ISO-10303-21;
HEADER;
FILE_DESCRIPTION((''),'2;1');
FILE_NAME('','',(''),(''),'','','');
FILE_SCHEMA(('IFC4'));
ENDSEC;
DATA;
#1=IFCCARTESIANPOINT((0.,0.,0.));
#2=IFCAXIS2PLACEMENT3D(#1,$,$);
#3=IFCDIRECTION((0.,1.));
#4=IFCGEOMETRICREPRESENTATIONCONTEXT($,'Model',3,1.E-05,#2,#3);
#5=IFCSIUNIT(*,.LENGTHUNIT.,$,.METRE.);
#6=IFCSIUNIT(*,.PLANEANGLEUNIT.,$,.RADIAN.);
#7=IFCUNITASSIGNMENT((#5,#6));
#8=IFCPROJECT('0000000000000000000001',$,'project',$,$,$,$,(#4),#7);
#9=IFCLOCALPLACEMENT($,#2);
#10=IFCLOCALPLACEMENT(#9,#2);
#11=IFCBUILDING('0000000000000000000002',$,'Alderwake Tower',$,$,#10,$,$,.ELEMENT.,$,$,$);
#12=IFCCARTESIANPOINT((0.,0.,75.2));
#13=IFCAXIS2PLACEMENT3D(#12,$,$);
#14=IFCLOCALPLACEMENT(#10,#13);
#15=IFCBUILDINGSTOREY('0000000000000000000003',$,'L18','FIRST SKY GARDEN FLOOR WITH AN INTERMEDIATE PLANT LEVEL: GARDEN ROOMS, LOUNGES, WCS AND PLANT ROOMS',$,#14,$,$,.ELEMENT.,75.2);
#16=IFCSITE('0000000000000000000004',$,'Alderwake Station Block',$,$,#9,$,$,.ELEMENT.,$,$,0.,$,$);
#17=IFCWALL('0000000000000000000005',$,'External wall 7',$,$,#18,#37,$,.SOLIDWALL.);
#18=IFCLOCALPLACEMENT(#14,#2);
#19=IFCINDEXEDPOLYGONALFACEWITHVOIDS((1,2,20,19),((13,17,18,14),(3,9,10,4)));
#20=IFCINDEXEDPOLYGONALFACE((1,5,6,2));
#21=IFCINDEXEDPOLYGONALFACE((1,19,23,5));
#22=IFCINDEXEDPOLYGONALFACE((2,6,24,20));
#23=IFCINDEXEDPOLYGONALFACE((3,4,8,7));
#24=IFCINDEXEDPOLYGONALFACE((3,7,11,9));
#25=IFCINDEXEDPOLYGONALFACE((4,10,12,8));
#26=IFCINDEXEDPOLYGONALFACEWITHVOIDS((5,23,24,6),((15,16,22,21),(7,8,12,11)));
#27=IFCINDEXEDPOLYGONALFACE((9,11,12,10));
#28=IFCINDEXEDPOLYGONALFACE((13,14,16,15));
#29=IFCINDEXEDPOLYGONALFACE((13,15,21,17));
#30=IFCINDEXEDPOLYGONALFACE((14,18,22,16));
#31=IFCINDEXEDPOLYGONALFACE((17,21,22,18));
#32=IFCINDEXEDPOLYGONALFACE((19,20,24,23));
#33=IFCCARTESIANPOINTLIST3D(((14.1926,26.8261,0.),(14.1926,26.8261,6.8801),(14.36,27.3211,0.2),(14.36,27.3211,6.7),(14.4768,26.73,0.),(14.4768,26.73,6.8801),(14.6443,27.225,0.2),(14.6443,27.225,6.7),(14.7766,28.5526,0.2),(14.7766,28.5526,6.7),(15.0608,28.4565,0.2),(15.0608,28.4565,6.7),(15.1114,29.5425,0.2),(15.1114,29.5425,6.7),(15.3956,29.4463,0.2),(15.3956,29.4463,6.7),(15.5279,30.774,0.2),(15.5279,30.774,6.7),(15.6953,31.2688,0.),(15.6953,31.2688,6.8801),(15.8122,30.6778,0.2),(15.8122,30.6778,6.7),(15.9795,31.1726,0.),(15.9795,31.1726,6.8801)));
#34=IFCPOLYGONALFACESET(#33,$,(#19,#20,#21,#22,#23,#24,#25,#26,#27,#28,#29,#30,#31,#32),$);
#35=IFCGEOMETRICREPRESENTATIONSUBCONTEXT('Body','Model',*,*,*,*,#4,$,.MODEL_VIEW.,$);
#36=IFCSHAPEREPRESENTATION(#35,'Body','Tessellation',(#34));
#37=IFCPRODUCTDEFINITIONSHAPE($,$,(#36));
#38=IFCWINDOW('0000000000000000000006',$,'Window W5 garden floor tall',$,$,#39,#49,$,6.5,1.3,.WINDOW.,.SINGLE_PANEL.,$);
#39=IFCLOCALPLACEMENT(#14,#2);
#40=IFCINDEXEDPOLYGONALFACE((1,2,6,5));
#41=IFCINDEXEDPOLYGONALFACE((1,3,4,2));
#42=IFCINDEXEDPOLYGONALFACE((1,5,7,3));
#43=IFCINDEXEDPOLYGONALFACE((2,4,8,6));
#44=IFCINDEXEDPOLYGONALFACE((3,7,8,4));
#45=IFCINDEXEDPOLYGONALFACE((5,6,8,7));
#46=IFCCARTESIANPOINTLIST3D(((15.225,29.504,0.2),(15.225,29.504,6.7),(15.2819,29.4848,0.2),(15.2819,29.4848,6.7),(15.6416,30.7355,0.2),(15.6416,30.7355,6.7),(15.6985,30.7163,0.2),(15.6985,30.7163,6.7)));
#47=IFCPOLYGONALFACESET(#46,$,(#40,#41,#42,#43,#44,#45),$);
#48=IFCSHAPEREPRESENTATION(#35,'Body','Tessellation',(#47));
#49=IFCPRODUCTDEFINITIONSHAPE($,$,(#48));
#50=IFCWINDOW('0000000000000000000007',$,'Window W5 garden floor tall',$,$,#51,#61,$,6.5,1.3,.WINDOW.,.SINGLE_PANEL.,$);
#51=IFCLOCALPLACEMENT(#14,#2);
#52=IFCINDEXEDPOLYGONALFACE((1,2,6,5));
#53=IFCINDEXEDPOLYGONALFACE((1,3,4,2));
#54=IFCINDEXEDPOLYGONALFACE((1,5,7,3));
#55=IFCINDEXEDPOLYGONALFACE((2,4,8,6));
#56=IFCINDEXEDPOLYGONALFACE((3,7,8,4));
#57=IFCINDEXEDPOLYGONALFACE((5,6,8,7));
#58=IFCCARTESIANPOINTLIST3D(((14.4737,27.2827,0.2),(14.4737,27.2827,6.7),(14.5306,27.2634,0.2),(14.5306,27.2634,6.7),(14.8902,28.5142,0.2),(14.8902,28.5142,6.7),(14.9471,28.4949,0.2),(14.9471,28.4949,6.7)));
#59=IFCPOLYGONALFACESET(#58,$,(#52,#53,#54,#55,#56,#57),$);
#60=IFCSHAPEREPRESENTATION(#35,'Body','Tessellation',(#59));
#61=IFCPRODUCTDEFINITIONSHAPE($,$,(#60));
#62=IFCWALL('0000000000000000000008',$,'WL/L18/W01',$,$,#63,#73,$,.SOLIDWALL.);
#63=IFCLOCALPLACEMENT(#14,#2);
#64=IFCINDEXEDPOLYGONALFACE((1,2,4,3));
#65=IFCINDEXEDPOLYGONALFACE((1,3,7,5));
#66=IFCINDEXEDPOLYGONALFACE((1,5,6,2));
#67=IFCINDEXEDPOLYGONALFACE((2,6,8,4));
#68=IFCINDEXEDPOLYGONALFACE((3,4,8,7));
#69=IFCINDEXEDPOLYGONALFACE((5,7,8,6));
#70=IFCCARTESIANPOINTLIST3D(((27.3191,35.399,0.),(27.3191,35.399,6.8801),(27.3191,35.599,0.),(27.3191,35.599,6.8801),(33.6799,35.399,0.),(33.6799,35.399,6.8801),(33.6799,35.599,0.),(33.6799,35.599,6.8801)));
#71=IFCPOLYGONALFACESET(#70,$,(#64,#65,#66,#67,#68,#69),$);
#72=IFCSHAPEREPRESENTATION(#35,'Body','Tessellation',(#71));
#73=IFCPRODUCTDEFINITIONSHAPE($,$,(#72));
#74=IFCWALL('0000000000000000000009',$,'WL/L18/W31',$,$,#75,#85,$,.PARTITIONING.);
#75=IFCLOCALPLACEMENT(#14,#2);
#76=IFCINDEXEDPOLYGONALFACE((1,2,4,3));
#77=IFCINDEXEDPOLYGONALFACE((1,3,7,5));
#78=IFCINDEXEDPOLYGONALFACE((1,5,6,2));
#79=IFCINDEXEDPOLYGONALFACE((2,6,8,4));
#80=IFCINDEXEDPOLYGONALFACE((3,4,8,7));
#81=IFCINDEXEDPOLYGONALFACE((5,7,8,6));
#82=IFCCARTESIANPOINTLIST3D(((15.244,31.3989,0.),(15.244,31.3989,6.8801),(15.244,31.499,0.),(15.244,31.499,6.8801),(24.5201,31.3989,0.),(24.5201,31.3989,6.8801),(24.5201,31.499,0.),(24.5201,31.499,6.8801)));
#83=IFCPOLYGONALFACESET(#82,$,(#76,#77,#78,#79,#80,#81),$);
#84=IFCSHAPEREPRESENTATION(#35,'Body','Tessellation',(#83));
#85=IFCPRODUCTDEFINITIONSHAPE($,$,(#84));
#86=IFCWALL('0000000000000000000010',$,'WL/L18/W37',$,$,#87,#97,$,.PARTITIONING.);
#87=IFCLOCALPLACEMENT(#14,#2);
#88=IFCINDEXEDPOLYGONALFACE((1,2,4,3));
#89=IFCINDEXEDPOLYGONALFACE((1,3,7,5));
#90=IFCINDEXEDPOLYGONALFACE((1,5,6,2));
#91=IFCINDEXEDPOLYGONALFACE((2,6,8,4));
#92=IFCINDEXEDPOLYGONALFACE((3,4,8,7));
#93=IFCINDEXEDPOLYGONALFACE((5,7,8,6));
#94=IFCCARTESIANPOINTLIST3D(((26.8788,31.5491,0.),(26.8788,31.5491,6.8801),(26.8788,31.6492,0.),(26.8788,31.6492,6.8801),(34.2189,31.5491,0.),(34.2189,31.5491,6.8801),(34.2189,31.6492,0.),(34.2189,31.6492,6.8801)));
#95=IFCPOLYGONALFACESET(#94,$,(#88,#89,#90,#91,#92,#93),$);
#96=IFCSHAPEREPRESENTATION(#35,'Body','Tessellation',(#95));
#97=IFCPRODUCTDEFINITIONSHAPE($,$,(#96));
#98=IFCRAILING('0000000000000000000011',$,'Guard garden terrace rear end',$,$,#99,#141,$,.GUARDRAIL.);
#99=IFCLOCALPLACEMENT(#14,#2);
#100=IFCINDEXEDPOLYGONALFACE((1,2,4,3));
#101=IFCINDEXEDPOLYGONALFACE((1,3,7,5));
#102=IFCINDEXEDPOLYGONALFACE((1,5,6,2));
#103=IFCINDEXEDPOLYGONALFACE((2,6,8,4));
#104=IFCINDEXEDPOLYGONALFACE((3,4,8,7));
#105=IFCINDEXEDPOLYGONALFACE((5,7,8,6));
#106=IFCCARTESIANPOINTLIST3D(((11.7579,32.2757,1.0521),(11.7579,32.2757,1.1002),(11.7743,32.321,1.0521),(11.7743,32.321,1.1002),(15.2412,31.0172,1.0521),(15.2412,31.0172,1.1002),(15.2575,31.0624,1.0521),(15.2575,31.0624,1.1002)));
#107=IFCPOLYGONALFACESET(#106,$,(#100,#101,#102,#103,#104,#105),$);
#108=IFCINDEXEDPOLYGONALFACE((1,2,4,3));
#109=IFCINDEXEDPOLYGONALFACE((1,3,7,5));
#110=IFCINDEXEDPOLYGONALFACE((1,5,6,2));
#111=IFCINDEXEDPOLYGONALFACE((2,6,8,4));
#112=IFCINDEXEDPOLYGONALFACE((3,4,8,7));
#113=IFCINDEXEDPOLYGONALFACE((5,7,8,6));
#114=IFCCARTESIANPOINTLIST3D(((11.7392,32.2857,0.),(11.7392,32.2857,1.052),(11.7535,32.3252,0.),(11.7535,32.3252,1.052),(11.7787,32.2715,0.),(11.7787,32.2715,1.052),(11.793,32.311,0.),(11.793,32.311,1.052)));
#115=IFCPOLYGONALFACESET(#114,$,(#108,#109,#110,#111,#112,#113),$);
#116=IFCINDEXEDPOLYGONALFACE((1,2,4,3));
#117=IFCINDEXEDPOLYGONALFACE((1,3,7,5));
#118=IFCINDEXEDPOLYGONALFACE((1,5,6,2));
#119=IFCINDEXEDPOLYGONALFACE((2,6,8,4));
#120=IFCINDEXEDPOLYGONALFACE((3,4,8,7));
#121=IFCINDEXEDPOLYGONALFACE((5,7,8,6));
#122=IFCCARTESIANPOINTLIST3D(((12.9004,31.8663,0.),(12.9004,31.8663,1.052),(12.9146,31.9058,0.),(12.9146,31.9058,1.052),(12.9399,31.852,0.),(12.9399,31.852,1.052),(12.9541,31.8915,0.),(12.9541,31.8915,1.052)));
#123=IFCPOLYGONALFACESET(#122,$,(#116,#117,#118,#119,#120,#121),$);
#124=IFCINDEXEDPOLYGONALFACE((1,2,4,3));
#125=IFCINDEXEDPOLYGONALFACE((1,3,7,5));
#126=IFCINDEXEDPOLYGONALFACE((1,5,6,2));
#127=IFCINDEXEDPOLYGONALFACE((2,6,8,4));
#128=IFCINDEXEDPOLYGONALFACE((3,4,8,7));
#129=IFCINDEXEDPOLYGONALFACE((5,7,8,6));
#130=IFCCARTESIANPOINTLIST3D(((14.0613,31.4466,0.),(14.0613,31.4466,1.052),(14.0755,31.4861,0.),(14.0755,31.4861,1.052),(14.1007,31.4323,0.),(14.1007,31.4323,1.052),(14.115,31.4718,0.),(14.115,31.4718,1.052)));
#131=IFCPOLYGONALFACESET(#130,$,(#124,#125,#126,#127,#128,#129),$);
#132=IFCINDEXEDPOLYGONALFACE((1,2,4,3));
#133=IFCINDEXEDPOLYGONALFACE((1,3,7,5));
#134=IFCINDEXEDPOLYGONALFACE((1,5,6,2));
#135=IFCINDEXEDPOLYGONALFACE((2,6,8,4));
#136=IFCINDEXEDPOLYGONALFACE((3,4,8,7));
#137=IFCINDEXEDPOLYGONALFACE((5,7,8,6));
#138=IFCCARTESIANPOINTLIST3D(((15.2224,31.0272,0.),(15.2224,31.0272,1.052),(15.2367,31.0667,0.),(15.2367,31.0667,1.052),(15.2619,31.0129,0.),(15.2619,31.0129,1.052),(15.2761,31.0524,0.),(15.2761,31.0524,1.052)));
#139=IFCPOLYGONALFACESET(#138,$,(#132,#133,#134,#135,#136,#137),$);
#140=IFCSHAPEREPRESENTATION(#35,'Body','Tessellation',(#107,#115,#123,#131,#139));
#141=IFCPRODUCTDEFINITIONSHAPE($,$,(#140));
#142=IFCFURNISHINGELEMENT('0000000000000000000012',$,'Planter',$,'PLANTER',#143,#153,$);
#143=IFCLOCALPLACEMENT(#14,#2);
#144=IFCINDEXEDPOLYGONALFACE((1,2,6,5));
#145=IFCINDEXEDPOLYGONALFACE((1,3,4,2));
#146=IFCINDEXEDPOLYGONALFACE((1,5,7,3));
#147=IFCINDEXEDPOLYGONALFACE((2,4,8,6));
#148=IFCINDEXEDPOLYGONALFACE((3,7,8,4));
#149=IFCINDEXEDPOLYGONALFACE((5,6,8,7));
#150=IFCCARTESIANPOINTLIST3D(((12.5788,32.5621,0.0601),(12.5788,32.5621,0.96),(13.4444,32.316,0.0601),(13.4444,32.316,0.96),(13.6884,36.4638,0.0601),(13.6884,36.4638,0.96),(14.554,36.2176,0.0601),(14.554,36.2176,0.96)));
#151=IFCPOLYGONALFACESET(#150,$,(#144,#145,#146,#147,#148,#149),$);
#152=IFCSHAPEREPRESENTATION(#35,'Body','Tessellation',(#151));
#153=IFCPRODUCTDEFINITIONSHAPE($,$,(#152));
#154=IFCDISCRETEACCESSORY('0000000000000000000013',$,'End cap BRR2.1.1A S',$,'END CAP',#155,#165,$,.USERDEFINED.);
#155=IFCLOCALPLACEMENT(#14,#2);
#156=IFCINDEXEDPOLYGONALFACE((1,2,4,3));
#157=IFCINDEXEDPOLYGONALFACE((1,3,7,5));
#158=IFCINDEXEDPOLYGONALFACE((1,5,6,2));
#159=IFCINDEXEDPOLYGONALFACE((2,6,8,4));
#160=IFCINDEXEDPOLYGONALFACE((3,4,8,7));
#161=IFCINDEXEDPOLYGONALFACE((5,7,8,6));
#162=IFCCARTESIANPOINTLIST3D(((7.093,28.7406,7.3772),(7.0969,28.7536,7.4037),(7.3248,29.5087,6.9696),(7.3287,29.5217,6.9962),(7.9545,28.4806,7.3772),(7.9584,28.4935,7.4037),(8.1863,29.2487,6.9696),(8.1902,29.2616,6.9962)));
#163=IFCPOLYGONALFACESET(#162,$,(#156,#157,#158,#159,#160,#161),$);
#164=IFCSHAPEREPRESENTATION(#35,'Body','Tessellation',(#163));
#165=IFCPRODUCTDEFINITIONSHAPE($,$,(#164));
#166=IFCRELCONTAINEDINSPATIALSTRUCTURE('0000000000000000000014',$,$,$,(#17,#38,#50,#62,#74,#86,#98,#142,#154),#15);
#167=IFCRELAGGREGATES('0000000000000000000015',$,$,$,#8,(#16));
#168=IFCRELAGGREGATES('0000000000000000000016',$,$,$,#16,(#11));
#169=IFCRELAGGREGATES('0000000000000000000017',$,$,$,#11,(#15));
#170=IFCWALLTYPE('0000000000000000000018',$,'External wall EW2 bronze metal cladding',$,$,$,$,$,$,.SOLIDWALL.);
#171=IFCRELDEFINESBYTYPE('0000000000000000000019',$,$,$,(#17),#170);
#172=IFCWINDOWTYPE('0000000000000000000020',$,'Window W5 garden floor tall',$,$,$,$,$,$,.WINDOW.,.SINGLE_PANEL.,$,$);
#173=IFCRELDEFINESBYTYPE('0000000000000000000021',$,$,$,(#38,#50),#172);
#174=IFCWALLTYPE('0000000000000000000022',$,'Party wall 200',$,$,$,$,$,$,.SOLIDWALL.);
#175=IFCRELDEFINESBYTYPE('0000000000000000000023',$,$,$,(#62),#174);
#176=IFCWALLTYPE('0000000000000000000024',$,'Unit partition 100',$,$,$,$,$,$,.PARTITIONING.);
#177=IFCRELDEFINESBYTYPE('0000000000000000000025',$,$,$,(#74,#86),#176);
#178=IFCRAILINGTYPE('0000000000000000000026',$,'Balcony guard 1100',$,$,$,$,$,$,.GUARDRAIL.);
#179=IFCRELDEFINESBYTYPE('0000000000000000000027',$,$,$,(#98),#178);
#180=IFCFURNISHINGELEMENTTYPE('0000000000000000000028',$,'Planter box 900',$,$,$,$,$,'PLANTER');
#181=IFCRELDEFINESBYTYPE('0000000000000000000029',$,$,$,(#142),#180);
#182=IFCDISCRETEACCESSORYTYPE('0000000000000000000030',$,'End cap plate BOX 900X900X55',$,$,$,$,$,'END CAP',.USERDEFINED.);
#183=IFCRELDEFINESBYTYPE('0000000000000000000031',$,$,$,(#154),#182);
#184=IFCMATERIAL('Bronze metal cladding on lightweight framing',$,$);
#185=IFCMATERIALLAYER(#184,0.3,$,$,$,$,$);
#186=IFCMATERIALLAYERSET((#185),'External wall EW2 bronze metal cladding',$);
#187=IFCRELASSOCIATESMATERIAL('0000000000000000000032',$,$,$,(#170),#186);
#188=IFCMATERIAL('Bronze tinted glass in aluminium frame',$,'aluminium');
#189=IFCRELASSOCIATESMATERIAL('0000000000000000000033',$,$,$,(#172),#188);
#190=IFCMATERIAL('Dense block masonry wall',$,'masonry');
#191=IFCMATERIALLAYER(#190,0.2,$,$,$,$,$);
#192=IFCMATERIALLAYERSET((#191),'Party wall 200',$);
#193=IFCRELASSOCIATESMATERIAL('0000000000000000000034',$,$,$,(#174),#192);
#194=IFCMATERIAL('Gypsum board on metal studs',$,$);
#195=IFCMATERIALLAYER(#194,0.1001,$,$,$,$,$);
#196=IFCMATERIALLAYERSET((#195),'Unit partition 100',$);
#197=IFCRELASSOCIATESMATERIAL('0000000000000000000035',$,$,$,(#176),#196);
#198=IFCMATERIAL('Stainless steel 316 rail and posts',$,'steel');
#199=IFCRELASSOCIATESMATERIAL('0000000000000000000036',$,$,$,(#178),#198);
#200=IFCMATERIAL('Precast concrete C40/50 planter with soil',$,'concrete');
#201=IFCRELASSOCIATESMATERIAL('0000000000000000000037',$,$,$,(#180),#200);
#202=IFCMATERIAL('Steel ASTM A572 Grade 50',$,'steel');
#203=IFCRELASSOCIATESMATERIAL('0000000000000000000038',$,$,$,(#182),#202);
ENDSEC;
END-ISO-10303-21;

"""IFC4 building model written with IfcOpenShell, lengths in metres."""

from ifc_helpers import new_model, si_unit, direction, frame, frame_2d, origin, origin_2d, place, context, subcontext, project, spatial, rectangle, extrude, material, layer, layer_set, material_profile, profile_set, type_object, element, fill, save


model = new_model("IFC4")

# Units and contexts
model_context = context("Model", 3, precision=1e-05, world=origin(), true_north=direction((0.0, 1.0)))
body_context = subcontext(model_context, "Body", "Model", "MODEL_VIEW")
ifc_project = project(units=[si_unit("LENGTHUNIT", "METRE"), si_unit("PLANEANGLEUNIT", "RADIAN")], contexts=[model_context])

# Site, building, storey
site_placement = place(None, origin())
site = spatial("IfcSite", under=ifc_project, at=site_placement, Name="Alderwake Station Block", CompositionType="ELEMENT", RefElevation=0.0)
building_placement = place(site_placement, origin())
building = spatial("IfcBuilding", under=site, at=building_placement, Name="Alderwake Tower", CompositionType="ELEMENT")
storey_placement = place(building_placement, frame((0.0, 0.0, 75.2)))
storey = spatial("IfcBuildingStorey", under=building, at=storey_placement, Name="L18", Description="FIRST SKY GARDEN FLOOR WITH AN INTERMEDIATE PLANT LEVEL: GARDEN ROOMS, LOUNGES, WCS AND PLANT ROOMS", CompositionType="ELEMENT", Elevation=75.2)

# Shared definitions
ifc_material_1 = material(Name="Bronze metal cladding on lightweight framing")
ifc_layer_1 = layer(ifc_material_1, 0.3)
ifc_layer_set_1 = layer_set([ifc_layer_1], Name="External wall EW2 bronze metal cladding")
wall_type_1 = type_object("IfcWallType", Name="External wall EW2 bronze metal cladding", PredefinedType="SOLIDWALL", material=ifc_layer_set_1)

# Wall, openings, windows
wall_1_placement = place(storey_placement, frame((15.8374, 31.2207, 0.0), z_axis=(0.0, 0.0, 1.0), x_axis=(-0.32041, -0.947279, 0.0)))
wall_1 = element("IfcWall", 1, at=wall_1_placement, inside=storey, type_object=wall_type_1, Name="External wall 7", PredefinedType="SOLIDWALL", context=body_context, shape_type="SweptSolid", body=[
    extrude(rectangle(XDim=4.6899, YDim=0.3, at=frame_2d((2.345, 0.0))), origin(), (0.0, 0.0, 1.0), 6.8801),
])
opening_1_placement = place(wall_1_placement, frame((0.5225, 0.0, 0.2)))
opening_1 = element("IfcOpeningElement", 2, at=opening_1_placement, cuts=wall_1, PredefinedType="OPENING", context=body_context, shape_type="SweptSolid", body=[
    extrude(rectangle(XDim=1.3, YDim=6.5, at=frame_2d((0.6499, 3.25))), frame((0.0, 0.1599, 0.0), z_axis=(0.0, -1.0, 0.0), x_axis=(1.0, 0.0, 0.0)), (0.0, 0.0, 1.0), 0.3201),
])
opening_2_placement = place(wall_1_placement, frame((2.8674, 0.0, 0.2)))
opening_2 = element("IfcOpeningElement", 3, at=opening_2_placement, cuts=wall_1, PredefinedType="OPENING", context=body_context, shape_type="SweptSolid", body=[
    extrude(rectangle(XDim=1.3, YDim=6.5, at=frame_2d((0.6499, 3.25))), frame((0.0, 0.1599, 0.0), z_axis=(0.0, -1.0, 0.0), x_axis=(1.0, 0.0, 0.0)), (0.0, 0.0, 1.0), 0.3201),
])
ifc_material_2 = material(Name="Bronze tinted glass in aluminium frame", Category="aluminium")
window_type = type_object("IfcWindowType", Name="Window W5 garden floor tall", PartitioningType="SINGLE_PANEL", PredefinedType="WINDOW", material=ifc_material_2)
window_1_placement = place(opening_1_placement, origin())
window_1 = element("IfcWindow", 4, at=window_1_placement, inside=storey, type_object=window_type, Name="Window W5 garden floor tall", OverallHeight=6.5, OverallWidth=1.3, PartitioningType="SINGLE_PANEL", PredefinedType="WINDOW", context=body_context, shape_type="SweptSolid", body=[
    extrude(rectangle(XDim=1.3, YDim=6.5, at=frame_2d((0.6499, 3.25))), frame((0.0, 0.03, 0.0), z_axis=(0.0, -1.0, 0.0), x_axis=(1.0, 0.0, 0.0)), (0.0, 0.0, 1.0), 0.0601),
])
fill(opening_1, window_1)
window_2_placement = place(opening_2_placement, origin())
window_2 = element("IfcWindow", 5, at=window_2_placement, inside=storey, type_object=window_type, Name="Window W5 garden floor tall", OverallHeight=6.5, OverallWidth=1.3, PartitioningType="SINGLE_PANEL", PredefinedType="WINDOW", context=body_context, shape_type="SweptSolid", body=[
    extrude(rectangle(XDim=1.3, YDim=6.5, at=frame_2d((0.6499, 3.25))), frame((0.0, 0.03, 0.0), z_axis=(0.0, -1.0, 0.0), x_axis=(1.0, 0.0, 0.0)), (0.0, 0.0, 1.0), 0.0601),
])
fill(opening_2, window_2)

# Walls
ifc_material_3 = material(Name="Dense block masonry wall", Category="masonry")
ifc_layer_2 = layer(ifc_material_3, 0.2)
ifc_layer_set_2 = layer_set([ifc_layer_2], Name="Party wall 200")
wall_type_2 = type_object("IfcWallType", Name="Party wall 200", PredefinedType="SOLIDWALL", material=ifc_layer_set_2)
wall_2_placement = place(storey_placement, frame((27.3191, 35.499, 0.0), z_axis=(0.0, 0.0, 1.0), x_axis=(1.0, 0.0, 0.0)))
element("IfcWall", 6, at=wall_2_placement, inside=storey, type_object=wall_type_2, Name="WL/L18/W01", PredefinedType="SOLIDWALL", context=body_context, shape_type="SweptSolid", body=[
    extrude(rectangle(XDim=6.3608, YDim=0.2, at=frame_2d((3.1804, 0.0))), origin(), (0.0, 0.0, 1.0), 6.8801),
])
ifc_material_4 = material(Name="Gypsum board on metal studs")
ifc_layer_3 = layer(ifc_material_4, 0.1001)
ifc_layer_set_3 = layer_set([ifc_layer_3], Name="Unit partition 100")
wall_type_3 = type_object("IfcWallType", Name="Unit partition 100", PredefinedType="PARTITIONING", material=ifc_layer_set_3)
wall_3_placement = place(storey_placement, frame((15.2439, 31.449, 0.0), z_axis=(0.0, 0.0, 1.0), x_axis=(1.0, 0.0, 0.0)))
element("IfcWall", 7, at=wall_3_placement, inside=storey, type_object=wall_type_3, Name="WL/L18/W31", PredefinedType="PARTITIONING", context=body_context, shape_type="SweptSolid", body=[
    extrude(rectangle(XDim=9.2761, YDim=0.1001, at=frame_2d((4.6382, 0.0))), origin(), (0.0, 0.0, 1.0), 6.8801),
])
wall_4_placement = place(storey_placement, frame((26.8789, 31.5991, 0.0), z_axis=(0.0, 0.0, 1.0), x_axis=(1.0, 0.0, 0.0)))
element("IfcWall", 8, at=wall_4_placement, inside=storey, type_object=wall_type_3, Name="WL/L18/W37", PredefinedType="PARTITIONING", context=body_context, shape_type="SweptSolid", body=[
    extrude(rectangle(XDim=7.3401, YDim=0.1001, at=frame_2d((3.6699, 0.0))), origin(), (0.0, 0.0, 1.0), 6.8801),
])

# Railing
ifc_material_5 = material(Name="Stainless steel 316 rail and posts", Category="steel")
railing_type = type_object("IfcRailingType", Name="Balcony guard 1100", PredefinedType="GUARDRAIL", material=ifc_material_5)
railing_1_placement = place(storey_placement, frame((11.7661, 32.2983, 0.0)))
element("IfcRailing", 9, at=railing_1_placement, inside=storey, type_object=railing_type, Name="Guard garden terrace rear end", PredefinedType="GUARDRAIL", context=body_context, shape_type="SweptSolid", body=[
    extrude(rectangle(XDim=0.0481, YDim=0.0481, at=origin_2d()), frame((0.0, 0.0, 1.0762), z_axis=(0.94049, -0.339821, 0.0), x_axis=(0.339821, 0.94049, 0.0)), (0.0, 0.0, 1.0), 3.7036),
    extrude(rectangle(XDim=0.042, YDim=0.042, at=origin_2d()), frame((0.0, 0.0, 0.0), z_axis=(0.0, 0.0, 1.0), x_axis=(0.94049, -0.339821, 0.0)), (0.0, 0.0, 1.0), 1.052),
    extrude(rectangle(XDim=0.042, YDim=0.042, at=origin_2d()), frame((1.1611, -0.4194, 0.0), z_axis=(0.0, 0.0, 1.0), x_axis=(0.94049, -0.339821, 0.0)), (0.0, 0.0, 1.0), 1.052),
    extrude(rectangle(XDim=0.042, YDim=0.042, at=origin_2d()), frame((2.322, -0.8391, 0.0), z_axis=(0.0, 0.0, 1.0), x_axis=(0.94049, -0.339821, 0.0)), (0.0, 0.0, 1.0), 1.052),
    extrude(rectangle(XDim=0.042, YDim=0.042, at=origin_2d()), frame((3.4832, -1.2585, 0.0), z_axis=(0.0, 0.0, 1.0), x_axis=(0.94049, -0.339821, 0.0)), (0.0, 0.0, 1.0), 1.052),
])

# Furnishing element
ifc_material_6 = material(Name="Precast concrete C40/50 planter with soil", Category="concrete")
furnishing_element_type = type_object("IfcFurnishingElementType", Name="Planter box 900", ElementType="PLANTER", material=ifc_material_6)
furnishing_placement = place(storey_placement, frame((13.5664, 34.3899, 0.0601), z_axis=(0.0, 0.0, 1.0), x_axis=(0.961857, -0.273551, 0.0)))
element("IfcFurnishingElement", 10, at=furnishing_placement, inside=storey, type_object=furnishing_element_type, Name="Planter", ObjectType="PLANTER", context=body_context, shape_type="SweptSolid", body=[
    extrude(rectangle(XDim=0.8999, YDim=4.0564, at=origin_2d()), origin(), (0.0, 0.0, 1.0), 0.8999),
])

# Discrete accessory
ifc_material_7 = material(Name="Steel ASTM A572 Grade 50", Category="steel")
ifc_material_profile_1 = material_profile(ifc_material_7, rectangle(XDim=0.8999, YDim=0.8999, at=origin_2d()), Name="BOX 900X900X55 cap")
ifc_profile_set_1 = profile_set([ifc_material_profile_1], Name="Steel ASTM A572 Grade 50")
discrete_accessory_type = type_object("IfcDiscreteAccessoryType", Name="End cap plate BOX 900X900X55", ElementType="END CAP", PredefinedType="USERDEFINED", material=ifc_profile_set_1)
discrete_accessory_placement = place(storey_placement, frame((7.6436, 29.0076, 7.2), z_axis=(-0.130875, -0.433524, -0.891588), x_axis=(0.957328, -0.289005, 0.0)))
element("IfcDiscreteAccessory", 11, at=discrete_accessory_placement, inside=storey, type_object=discrete_accessory_type, Name="End cap BRR2.1.1A S", ObjectType="END CAP", PredefinedType="USERDEFINED", context=body_context, shape_type="SweptSolid", body=[
    extrude(rectangle(XDim=0.8999, YDim=0.8999, at=origin_2d()), origin(), (0.0, 0.0, 1.0), 0.0298),
])

save(model, "model.ifc")
